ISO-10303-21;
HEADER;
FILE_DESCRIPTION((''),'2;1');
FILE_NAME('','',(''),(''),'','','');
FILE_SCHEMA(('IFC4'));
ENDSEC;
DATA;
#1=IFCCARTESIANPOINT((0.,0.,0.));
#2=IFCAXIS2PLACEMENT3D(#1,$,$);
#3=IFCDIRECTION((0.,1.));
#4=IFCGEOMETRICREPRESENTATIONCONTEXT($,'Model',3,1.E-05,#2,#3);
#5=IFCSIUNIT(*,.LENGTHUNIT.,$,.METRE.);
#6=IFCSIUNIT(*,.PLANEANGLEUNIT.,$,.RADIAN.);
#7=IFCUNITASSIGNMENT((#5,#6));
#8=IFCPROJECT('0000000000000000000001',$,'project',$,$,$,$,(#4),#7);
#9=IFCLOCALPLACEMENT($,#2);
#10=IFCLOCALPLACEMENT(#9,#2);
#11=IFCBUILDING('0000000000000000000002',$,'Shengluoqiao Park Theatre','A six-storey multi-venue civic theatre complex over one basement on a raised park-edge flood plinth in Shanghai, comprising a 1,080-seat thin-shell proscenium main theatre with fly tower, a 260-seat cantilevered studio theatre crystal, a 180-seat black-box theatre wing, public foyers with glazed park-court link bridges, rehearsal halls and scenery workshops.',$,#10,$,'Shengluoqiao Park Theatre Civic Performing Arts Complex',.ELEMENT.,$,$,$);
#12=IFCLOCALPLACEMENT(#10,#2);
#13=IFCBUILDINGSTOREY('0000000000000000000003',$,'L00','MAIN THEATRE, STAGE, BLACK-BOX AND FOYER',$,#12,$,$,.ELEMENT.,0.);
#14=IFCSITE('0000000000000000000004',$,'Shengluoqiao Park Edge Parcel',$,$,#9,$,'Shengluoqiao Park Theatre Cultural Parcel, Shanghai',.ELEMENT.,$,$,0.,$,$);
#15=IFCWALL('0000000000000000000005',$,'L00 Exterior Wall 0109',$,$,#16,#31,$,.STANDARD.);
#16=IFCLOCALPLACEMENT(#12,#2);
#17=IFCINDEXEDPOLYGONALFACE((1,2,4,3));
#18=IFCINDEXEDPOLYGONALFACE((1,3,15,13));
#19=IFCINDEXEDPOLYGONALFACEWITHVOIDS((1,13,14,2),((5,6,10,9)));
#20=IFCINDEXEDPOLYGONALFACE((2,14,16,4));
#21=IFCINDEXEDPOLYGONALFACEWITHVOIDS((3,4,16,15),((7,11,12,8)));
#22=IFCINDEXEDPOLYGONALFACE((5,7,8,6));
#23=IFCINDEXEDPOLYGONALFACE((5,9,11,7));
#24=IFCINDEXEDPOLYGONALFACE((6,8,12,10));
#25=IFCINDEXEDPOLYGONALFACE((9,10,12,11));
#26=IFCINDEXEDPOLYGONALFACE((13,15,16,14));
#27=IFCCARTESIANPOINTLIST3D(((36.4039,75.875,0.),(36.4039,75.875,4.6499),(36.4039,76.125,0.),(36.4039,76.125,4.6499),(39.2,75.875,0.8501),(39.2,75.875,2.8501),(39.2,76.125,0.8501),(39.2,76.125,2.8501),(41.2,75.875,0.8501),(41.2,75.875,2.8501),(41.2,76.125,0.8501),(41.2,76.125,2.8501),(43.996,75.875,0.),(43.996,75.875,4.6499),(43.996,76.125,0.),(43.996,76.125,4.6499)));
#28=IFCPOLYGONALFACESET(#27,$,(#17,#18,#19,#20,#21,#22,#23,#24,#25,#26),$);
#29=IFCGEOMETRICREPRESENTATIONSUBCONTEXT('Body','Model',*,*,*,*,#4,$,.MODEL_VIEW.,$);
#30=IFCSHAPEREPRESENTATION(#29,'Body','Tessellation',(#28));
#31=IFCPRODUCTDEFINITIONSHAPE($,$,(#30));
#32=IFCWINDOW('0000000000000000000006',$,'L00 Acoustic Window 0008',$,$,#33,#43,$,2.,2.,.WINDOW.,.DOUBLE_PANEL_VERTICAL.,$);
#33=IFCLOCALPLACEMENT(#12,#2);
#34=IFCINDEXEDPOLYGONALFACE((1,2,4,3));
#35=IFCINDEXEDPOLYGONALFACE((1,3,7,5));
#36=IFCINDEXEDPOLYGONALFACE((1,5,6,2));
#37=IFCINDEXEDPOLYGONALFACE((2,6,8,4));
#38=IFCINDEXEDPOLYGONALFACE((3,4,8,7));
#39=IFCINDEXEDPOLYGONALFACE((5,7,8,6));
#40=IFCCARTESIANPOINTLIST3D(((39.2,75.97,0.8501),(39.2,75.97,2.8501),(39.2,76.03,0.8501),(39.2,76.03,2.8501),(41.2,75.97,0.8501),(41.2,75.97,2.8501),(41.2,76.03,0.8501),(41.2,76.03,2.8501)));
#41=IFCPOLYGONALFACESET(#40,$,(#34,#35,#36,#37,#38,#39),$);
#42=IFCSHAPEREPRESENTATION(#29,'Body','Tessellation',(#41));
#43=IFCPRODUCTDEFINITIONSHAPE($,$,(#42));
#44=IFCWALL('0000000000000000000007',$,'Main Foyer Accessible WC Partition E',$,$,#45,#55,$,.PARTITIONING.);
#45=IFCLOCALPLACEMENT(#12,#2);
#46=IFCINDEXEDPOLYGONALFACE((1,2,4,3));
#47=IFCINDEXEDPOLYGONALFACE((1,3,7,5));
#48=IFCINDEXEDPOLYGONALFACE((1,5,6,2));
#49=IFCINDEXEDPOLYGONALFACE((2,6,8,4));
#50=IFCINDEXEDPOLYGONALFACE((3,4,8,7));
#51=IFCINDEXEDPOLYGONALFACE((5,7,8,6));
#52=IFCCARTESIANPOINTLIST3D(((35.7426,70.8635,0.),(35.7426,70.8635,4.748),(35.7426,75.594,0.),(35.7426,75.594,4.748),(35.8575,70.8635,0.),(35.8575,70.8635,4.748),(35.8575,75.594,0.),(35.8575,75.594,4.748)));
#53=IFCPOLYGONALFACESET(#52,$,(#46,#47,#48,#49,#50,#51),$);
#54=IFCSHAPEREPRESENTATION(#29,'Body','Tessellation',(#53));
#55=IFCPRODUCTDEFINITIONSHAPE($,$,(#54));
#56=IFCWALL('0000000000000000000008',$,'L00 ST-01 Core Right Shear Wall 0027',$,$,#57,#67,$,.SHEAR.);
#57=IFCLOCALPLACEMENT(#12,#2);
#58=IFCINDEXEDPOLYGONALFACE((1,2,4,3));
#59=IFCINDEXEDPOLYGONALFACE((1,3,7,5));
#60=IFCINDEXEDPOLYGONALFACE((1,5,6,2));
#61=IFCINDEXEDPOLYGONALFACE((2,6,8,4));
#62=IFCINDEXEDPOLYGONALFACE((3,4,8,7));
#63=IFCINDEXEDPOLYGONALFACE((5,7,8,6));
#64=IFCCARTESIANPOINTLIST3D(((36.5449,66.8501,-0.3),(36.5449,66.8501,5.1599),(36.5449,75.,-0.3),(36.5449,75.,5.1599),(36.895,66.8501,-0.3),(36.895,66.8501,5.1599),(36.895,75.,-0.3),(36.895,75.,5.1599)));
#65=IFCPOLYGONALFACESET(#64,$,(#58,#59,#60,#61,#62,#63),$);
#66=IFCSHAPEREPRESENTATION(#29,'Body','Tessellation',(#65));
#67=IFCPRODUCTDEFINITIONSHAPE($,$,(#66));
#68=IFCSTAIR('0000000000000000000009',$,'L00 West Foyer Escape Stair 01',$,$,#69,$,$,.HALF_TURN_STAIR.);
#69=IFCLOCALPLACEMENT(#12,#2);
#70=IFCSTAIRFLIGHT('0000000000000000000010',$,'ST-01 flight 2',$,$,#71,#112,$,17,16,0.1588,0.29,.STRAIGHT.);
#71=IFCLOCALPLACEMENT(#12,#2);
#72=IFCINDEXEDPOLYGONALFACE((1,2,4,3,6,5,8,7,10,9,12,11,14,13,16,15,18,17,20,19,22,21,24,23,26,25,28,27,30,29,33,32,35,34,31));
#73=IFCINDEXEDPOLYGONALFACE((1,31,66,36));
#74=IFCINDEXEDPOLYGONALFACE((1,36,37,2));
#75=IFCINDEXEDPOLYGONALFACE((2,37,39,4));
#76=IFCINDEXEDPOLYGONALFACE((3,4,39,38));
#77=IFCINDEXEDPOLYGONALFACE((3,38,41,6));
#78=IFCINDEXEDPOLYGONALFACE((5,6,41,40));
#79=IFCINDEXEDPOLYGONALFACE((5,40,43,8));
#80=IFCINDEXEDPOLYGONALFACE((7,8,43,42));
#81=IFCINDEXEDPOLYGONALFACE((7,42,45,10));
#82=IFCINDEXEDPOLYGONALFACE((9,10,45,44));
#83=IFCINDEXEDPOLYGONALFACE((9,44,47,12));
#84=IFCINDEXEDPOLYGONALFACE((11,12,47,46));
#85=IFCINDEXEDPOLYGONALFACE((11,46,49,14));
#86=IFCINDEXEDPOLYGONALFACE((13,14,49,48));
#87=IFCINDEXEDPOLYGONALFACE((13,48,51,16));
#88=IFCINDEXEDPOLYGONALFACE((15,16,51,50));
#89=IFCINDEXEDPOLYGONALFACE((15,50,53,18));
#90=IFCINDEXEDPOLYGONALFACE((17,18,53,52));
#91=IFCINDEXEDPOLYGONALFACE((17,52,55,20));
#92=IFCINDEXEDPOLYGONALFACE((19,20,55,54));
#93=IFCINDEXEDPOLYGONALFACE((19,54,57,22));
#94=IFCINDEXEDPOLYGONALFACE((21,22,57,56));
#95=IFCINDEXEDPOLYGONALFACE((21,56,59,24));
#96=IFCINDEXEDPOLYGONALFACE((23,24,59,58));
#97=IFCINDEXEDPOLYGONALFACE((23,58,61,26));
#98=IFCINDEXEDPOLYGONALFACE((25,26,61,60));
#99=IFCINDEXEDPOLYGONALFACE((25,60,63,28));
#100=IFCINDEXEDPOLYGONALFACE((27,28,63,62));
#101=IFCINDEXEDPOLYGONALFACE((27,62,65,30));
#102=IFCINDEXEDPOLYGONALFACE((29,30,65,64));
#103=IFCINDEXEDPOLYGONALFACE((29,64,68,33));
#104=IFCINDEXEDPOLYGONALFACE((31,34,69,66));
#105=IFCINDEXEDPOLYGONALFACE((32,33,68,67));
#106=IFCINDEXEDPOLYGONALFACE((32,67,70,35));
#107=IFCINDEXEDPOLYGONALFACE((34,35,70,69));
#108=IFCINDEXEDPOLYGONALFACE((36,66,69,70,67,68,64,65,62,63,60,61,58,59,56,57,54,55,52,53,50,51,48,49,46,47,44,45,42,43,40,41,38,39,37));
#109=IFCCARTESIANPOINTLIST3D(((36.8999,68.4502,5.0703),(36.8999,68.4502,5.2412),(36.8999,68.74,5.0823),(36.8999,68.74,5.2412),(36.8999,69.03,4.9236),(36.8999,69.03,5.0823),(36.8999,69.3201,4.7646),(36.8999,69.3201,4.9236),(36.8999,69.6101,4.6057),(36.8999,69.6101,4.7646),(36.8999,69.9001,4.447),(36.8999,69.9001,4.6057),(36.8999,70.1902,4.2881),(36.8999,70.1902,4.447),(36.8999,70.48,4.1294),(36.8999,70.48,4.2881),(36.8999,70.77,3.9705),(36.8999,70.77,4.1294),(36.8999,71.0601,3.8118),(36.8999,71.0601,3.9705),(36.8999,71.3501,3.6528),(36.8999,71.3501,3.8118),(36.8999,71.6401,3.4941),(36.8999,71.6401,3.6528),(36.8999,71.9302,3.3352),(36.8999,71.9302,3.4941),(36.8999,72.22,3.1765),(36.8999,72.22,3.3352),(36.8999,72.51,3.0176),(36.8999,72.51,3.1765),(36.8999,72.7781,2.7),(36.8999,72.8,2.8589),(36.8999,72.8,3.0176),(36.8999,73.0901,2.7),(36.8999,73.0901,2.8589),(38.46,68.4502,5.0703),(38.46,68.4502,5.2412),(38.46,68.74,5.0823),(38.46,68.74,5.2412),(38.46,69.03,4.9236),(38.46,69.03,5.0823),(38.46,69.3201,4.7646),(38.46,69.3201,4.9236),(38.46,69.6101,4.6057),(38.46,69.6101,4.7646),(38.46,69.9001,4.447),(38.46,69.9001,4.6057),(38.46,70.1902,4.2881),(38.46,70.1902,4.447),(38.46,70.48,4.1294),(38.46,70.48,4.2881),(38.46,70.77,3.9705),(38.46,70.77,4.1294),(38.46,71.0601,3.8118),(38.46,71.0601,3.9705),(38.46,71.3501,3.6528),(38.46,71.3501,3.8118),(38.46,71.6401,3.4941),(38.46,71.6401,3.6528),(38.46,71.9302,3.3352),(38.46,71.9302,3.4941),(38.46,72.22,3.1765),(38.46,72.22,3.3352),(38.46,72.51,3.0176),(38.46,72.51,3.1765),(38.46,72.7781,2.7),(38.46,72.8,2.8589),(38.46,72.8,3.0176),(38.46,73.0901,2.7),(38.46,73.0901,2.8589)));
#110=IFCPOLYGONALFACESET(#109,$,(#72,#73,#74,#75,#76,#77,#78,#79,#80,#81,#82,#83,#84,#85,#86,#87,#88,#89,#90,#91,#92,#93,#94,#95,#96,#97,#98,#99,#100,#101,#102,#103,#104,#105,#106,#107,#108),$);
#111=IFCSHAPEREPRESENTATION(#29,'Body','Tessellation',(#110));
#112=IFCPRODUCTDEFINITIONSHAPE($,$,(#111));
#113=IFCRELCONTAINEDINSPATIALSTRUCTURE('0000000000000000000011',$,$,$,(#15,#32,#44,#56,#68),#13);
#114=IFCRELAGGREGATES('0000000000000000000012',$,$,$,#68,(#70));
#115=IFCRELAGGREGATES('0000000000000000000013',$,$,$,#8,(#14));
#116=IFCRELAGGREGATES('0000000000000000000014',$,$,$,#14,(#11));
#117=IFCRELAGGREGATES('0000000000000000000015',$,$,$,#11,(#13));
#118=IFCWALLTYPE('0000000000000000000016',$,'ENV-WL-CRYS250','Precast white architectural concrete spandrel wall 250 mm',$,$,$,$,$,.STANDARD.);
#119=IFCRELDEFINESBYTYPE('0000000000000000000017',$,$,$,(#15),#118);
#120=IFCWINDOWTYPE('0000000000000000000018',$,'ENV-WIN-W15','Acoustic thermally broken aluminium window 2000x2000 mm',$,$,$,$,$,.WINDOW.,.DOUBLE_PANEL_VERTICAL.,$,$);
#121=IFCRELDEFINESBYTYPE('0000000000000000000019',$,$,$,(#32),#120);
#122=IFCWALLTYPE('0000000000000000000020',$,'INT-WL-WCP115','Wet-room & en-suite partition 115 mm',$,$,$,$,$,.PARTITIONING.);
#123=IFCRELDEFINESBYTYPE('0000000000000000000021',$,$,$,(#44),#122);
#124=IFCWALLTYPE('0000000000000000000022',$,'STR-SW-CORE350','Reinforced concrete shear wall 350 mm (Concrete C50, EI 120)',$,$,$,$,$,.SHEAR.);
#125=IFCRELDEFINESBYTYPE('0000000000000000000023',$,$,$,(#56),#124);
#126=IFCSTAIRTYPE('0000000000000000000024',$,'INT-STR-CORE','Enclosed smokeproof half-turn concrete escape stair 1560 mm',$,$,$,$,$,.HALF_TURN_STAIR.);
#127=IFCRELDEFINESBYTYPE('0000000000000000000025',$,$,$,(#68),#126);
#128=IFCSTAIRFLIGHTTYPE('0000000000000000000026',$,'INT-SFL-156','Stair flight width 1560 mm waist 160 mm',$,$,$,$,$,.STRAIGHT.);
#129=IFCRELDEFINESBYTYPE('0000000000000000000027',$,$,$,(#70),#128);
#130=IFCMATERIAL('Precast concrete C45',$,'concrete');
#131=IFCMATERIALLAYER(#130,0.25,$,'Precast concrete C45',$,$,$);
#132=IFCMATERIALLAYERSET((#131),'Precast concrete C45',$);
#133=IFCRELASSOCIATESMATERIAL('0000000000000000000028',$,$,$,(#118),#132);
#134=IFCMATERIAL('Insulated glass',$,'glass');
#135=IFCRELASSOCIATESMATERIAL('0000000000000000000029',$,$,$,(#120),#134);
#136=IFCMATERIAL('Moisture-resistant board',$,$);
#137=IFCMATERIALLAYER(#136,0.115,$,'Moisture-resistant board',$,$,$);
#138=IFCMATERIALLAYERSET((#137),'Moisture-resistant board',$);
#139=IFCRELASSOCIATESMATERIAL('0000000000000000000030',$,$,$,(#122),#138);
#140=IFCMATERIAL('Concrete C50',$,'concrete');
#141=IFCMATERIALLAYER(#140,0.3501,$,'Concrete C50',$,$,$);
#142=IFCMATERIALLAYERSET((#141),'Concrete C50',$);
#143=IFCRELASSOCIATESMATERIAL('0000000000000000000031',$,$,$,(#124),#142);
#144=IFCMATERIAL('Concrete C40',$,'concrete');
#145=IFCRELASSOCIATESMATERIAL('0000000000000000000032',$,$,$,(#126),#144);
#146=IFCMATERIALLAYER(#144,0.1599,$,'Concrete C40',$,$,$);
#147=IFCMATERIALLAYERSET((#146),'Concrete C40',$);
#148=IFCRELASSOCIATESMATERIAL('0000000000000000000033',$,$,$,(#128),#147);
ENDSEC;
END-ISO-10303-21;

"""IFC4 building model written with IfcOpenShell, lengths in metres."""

from ifc_helpers import new_model, si_unit, direction, frame, frame_2d, origin, place, context, subcontext, project, spatial, polyline, rectangle, outline, extrude, material, layer, layer_set, type_object, element, fill, aggregate, save


model = new_model("IFC4")

# Units and contexts
model_context = context("Model", 3, precision=1e-05, world=origin(), true_north=direction((0.0, 1.0)))
body_context = subcontext(model_context, "Body", "Model", "MODEL_VIEW")
ifc_project = project(units=[si_unit("LENGTHUNIT", "METRE"), si_unit("PLANEANGLEUNIT", "RADIAN")], contexts=[model_context])

# Site, building, storey
site_placement = place(None, origin())
site = spatial("IfcSite", under=ifc_project, at=site_placement, Name="Shengluoqiao Park Edge Parcel", LongName="Shengluoqiao Park Theatre Cultural Parcel, Shanghai", CompositionType="ELEMENT", RefElevation=0.0)
building_placement = place(site_placement, origin())
building = spatial("IfcBuilding", under=site, at=building_placement, Name="Shengluoqiao Park Theatre", Description="A six-storey multi-venue civic theatre complex over one basement on a raised park-edge flood plinth in Shanghai, comprising a 1,080-seat thin-shell proscenium main theatre with fly tower, a 260-seat cantilevered studio theatre crystal, a 180-seat black-box theatre wing, public foyers with glazed park-court link bridges, rehearsal halls and scenery workshops.", LongName="Shengluoqiao Park Theatre Civic Performing Arts Complex", CompositionType="ELEMENT")
storey_placement = place(building_placement, origin())
storey = spatial("IfcBuildingStorey", under=building, at=storey_placement, Name="L00", Description="MAIN THEATRE, STAGE, BLACK-BOX AND FOYER", CompositionType="ELEMENT", Elevation=0.0)

# Shared definitions
ifc_material_1 = material(Name="Concrete C40", Category="concrete")

# Shared definitions
ifc_material_2 = material(Name="Concrete C50", Category="concrete")

# Shared definitions
ifc_material_3 = material(Name="Insulated glass", Category="glass")

# Wall, opening, window
ifc_material_4 = material(Name="Precast concrete C45", Category="concrete")
ifc_layer_1 = layer(ifc_material_4, 0.25, Name="Precast concrete C45")
ifc_layer_set_1 = layer_set([ifc_layer_1], Name="Precast concrete C45")
wall_type_1 = type_object("IfcWallType", Name="ENV-WL-CRYS250", Description="Precast white architectural concrete spandrel wall 250 mm", PredefinedType="STANDARD", material=ifc_layer_set_1)
wall_1_placement = place(storey_placement, frame((36.4041, 76.0, 0.0), z_axis=(0.0, 0.0, 1.0), x_axis=(1.0, 0.0, 0.0)))
wall_1 = element("IfcWall", 1, at=wall_1_placement, inside=storey, type_object=wall_type_1, Name="L00 Exterior Wall 0109", PredefinedType="STANDARD", context=body_context, shape_type="SweptSolid", body=[
    extrude(rectangle(XDim=7.592, YDim=0.25, at=frame_2d((3.7959, 0.0))), origin(), (0.0, 0.0, 1.0), 4.6499),
])
opening_placement = place(wall_1_placement, frame((2.7959, 0.0, 0.8501)))
opening = element("IfcOpeningElement", 2, at=opening_placement, cuts=wall_1, PredefinedType="OPENING", context=body_context, shape_type="SweptSolid", body=[
    extrude(rectangle(XDim=2.0, YDim=2.0, at=frame_2d((1.0, 1.0))), frame((0.0, 0.135, 0.0), z_axis=(0.0, -1.0, 0.0), x_axis=(1.0, 0.0, 0.0)), (0.0, 0.0, 1.0), 0.27),
])
window_type = type_object("IfcWindowType", Name="ENV-WIN-W15", Description="Acoustic thermally broken aluminium window 2000x2000 mm", PartitioningType="DOUBLE_PANEL_VERTICAL", PredefinedType="WINDOW", material=ifc_material_3)
window_placement = place(opening_placement, origin())
window = element("IfcWindow", 3, at=window_placement, inside=storey, type_object=window_type, Name="L00 Acoustic Window 0008", OverallHeight=2.0, OverallWidth=2.0, PartitioningType="DOUBLE_PANEL_VERTICAL", PredefinedType="WINDOW", context=body_context, shape_type="SweptSolid", body=[
    extrude(rectangle(XDim=2.0, YDim=2.0, at=frame_2d((1.0, 1.0))), frame((0.0, 0.03, 0.0), z_axis=(0.0, -1.0, 0.0), x_axis=(1.0, 0.0, 0.0)), (0.0, 0.0, 1.0), 0.0601),
])
fill(opening, window)

# Walls
ifc_material_5 = material(Name="Moisture-resistant board")
ifc_layer_2 = layer(ifc_material_5, 0.115, Name="Moisture-resistant board")
ifc_layer_set_2 = layer_set([ifc_layer_2], Name="Moisture-resistant board")
wall_type_2 = type_object("IfcWallType", Name="INT-WL-WCP115", Description="Wet-room & en-suite partition 115 mm", PredefinedType="PARTITIONING", material=ifc_layer_set_2)
wall_2_placement = place(storey_placement, frame((35.8, 70.8635, 0.0), z_axis=(0.0, 0.0, 1.0), x_axis=(0.0, 1.0, 0.0)))
element("IfcWall", 4, at=wall_2_placement, inside=storey, type_object=wall_type_2, Name="Main Foyer Accessible WC Partition E", PredefinedType="PARTITIONING", context=body_context, shape_type="SweptSolid", body=[
    extrude(rectangle(XDim=4.7305, YDim=0.115, at=frame_2d((2.3652, 0.0))), origin(), (0.0, 0.0, 1.0), 4.748),
])
ifc_layer_3 = layer(ifc_material_2, 0.3501, Name="Concrete C50")
ifc_layer_set_3 = layer_set([ifc_layer_3], Name="Concrete C50")
wall_type_3 = type_object("IfcWallType", Name="STR-SW-CORE350", Description="Reinforced concrete shear wall 350 mm (Concrete C50, EI 120)", PredefinedType="SHEAR", material=ifc_layer_set_3)
wall_3_placement = place(storey_placement, frame((36.72, 75.0, -0.3), z_axis=(0.0, 0.0, 1.0), x_axis=(0.0, -1.0, 0.0)))
element("IfcWall", 5, at=wall_3_placement, inside=storey, type_object=wall_type_3, Name="L00 ST-01 Core Right Shear Wall 0027", PredefinedType="SHEAR", context=body_context, shape_type="SweptSolid", body=[
    extrude(rectangle(XDim=8.1499, YDim=0.3501, at=frame_2d((4.075, 0.0))), origin(), (0.0, 0.0, 1.0), 5.46),
])

# Stair, stair flight
stair_type = type_object("IfcStairType", Name="INT-STR-CORE", Description="Enclosed smokeproof half-turn concrete escape stair 1560 mm", PredefinedType="HALF_TURN_STAIR", material=ifc_material_1)
stair_placement = place(storey_placement, origin())
stair = element("IfcStair", 6, at=stair_placement, inside=storey, type_object=stair_type, Name="L00 West Foyer Escape Stair 01", PredefinedType="HALF_TURN_STAIR")
ifc_layer_4 = layer(ifc_material_1, 0.1599, Name="Concrete C40")
ifc_layer_set_4 = layer_set([ifc_layer_4], Name="Concrete C40")
stair_flight_type = type_object("IfcStairFlightType", Name="INT-SFL-156", Description="Stair flight width 1560 mm waist 160 mm", PredefinedType="STRAIGHT", material=ifc_layer_set_4)
stair_flight_placement = place(storey_placement, frame((37.6799, 73.0901, 2.7), z_axis=(0.0, 0.0, 1.0), x_axis=(0.0, -1.0, 0.0)))
stair_flight = element("IfcStairFlight", 7, at=stair_flight_placement, type_object=stair_flight_type, Name="ST-01 flight 2", NumberOfRisers=17, NumberOfTreads=16, PredefinedType="STRAIGHT", RiserHeight=0.1588, TreadLength=0.29, context=body_context, shape_type="SweptSolid", body=[
    extrude(outline(polyline([(0.0, 0.0), (0.0, 0.1589), (0.29, 0.1589), (0.29, 0.3176), (0.5801, 0.3176), (0.5801, 0.4766), (0.8701, 0.4766), (0.8701, 0.6353), (1.1599, 0.6353), (1.1599, 0.7942), (1.45, 0.7942), (1.45, 0.9529), (1.74, 0.9529), (1.74, 1.1118), (2.03, 1.1118), (2.03, 1.2705), (2.3201, 1.2705), (2.3201, 1.4294), (2.6101, 1.4294), (2.6101, 1.5881), (2.8999, 1.5881), (2.8999, 1.7471), (3.1899, 1.7471), (3.1899, 1.9058), (3.48, 1.9058), (3.48, 2.0647), (3.77, 2.0647), (3.77, 2.2236), (4.0601, 2.2236), (4.0601, 2.3823), (4.3501, 2.3823), (4.3501, 2.5413), (4.6399, 2.5413), (4.6399, 2.7), (4.6399, 2.3704), (0.312, 0.0), (0.0, 0.0)])), frame((0.0, 0.78, 0.0), z_axis=(0.0, -1.0, 0.0), x_axis=(1.0, 0.0, 0.0)), (0.0, 0.0, 1.0), 1.5601),
])
aggregate(stair, [stair_flight])

save(model, "model.ifc")
